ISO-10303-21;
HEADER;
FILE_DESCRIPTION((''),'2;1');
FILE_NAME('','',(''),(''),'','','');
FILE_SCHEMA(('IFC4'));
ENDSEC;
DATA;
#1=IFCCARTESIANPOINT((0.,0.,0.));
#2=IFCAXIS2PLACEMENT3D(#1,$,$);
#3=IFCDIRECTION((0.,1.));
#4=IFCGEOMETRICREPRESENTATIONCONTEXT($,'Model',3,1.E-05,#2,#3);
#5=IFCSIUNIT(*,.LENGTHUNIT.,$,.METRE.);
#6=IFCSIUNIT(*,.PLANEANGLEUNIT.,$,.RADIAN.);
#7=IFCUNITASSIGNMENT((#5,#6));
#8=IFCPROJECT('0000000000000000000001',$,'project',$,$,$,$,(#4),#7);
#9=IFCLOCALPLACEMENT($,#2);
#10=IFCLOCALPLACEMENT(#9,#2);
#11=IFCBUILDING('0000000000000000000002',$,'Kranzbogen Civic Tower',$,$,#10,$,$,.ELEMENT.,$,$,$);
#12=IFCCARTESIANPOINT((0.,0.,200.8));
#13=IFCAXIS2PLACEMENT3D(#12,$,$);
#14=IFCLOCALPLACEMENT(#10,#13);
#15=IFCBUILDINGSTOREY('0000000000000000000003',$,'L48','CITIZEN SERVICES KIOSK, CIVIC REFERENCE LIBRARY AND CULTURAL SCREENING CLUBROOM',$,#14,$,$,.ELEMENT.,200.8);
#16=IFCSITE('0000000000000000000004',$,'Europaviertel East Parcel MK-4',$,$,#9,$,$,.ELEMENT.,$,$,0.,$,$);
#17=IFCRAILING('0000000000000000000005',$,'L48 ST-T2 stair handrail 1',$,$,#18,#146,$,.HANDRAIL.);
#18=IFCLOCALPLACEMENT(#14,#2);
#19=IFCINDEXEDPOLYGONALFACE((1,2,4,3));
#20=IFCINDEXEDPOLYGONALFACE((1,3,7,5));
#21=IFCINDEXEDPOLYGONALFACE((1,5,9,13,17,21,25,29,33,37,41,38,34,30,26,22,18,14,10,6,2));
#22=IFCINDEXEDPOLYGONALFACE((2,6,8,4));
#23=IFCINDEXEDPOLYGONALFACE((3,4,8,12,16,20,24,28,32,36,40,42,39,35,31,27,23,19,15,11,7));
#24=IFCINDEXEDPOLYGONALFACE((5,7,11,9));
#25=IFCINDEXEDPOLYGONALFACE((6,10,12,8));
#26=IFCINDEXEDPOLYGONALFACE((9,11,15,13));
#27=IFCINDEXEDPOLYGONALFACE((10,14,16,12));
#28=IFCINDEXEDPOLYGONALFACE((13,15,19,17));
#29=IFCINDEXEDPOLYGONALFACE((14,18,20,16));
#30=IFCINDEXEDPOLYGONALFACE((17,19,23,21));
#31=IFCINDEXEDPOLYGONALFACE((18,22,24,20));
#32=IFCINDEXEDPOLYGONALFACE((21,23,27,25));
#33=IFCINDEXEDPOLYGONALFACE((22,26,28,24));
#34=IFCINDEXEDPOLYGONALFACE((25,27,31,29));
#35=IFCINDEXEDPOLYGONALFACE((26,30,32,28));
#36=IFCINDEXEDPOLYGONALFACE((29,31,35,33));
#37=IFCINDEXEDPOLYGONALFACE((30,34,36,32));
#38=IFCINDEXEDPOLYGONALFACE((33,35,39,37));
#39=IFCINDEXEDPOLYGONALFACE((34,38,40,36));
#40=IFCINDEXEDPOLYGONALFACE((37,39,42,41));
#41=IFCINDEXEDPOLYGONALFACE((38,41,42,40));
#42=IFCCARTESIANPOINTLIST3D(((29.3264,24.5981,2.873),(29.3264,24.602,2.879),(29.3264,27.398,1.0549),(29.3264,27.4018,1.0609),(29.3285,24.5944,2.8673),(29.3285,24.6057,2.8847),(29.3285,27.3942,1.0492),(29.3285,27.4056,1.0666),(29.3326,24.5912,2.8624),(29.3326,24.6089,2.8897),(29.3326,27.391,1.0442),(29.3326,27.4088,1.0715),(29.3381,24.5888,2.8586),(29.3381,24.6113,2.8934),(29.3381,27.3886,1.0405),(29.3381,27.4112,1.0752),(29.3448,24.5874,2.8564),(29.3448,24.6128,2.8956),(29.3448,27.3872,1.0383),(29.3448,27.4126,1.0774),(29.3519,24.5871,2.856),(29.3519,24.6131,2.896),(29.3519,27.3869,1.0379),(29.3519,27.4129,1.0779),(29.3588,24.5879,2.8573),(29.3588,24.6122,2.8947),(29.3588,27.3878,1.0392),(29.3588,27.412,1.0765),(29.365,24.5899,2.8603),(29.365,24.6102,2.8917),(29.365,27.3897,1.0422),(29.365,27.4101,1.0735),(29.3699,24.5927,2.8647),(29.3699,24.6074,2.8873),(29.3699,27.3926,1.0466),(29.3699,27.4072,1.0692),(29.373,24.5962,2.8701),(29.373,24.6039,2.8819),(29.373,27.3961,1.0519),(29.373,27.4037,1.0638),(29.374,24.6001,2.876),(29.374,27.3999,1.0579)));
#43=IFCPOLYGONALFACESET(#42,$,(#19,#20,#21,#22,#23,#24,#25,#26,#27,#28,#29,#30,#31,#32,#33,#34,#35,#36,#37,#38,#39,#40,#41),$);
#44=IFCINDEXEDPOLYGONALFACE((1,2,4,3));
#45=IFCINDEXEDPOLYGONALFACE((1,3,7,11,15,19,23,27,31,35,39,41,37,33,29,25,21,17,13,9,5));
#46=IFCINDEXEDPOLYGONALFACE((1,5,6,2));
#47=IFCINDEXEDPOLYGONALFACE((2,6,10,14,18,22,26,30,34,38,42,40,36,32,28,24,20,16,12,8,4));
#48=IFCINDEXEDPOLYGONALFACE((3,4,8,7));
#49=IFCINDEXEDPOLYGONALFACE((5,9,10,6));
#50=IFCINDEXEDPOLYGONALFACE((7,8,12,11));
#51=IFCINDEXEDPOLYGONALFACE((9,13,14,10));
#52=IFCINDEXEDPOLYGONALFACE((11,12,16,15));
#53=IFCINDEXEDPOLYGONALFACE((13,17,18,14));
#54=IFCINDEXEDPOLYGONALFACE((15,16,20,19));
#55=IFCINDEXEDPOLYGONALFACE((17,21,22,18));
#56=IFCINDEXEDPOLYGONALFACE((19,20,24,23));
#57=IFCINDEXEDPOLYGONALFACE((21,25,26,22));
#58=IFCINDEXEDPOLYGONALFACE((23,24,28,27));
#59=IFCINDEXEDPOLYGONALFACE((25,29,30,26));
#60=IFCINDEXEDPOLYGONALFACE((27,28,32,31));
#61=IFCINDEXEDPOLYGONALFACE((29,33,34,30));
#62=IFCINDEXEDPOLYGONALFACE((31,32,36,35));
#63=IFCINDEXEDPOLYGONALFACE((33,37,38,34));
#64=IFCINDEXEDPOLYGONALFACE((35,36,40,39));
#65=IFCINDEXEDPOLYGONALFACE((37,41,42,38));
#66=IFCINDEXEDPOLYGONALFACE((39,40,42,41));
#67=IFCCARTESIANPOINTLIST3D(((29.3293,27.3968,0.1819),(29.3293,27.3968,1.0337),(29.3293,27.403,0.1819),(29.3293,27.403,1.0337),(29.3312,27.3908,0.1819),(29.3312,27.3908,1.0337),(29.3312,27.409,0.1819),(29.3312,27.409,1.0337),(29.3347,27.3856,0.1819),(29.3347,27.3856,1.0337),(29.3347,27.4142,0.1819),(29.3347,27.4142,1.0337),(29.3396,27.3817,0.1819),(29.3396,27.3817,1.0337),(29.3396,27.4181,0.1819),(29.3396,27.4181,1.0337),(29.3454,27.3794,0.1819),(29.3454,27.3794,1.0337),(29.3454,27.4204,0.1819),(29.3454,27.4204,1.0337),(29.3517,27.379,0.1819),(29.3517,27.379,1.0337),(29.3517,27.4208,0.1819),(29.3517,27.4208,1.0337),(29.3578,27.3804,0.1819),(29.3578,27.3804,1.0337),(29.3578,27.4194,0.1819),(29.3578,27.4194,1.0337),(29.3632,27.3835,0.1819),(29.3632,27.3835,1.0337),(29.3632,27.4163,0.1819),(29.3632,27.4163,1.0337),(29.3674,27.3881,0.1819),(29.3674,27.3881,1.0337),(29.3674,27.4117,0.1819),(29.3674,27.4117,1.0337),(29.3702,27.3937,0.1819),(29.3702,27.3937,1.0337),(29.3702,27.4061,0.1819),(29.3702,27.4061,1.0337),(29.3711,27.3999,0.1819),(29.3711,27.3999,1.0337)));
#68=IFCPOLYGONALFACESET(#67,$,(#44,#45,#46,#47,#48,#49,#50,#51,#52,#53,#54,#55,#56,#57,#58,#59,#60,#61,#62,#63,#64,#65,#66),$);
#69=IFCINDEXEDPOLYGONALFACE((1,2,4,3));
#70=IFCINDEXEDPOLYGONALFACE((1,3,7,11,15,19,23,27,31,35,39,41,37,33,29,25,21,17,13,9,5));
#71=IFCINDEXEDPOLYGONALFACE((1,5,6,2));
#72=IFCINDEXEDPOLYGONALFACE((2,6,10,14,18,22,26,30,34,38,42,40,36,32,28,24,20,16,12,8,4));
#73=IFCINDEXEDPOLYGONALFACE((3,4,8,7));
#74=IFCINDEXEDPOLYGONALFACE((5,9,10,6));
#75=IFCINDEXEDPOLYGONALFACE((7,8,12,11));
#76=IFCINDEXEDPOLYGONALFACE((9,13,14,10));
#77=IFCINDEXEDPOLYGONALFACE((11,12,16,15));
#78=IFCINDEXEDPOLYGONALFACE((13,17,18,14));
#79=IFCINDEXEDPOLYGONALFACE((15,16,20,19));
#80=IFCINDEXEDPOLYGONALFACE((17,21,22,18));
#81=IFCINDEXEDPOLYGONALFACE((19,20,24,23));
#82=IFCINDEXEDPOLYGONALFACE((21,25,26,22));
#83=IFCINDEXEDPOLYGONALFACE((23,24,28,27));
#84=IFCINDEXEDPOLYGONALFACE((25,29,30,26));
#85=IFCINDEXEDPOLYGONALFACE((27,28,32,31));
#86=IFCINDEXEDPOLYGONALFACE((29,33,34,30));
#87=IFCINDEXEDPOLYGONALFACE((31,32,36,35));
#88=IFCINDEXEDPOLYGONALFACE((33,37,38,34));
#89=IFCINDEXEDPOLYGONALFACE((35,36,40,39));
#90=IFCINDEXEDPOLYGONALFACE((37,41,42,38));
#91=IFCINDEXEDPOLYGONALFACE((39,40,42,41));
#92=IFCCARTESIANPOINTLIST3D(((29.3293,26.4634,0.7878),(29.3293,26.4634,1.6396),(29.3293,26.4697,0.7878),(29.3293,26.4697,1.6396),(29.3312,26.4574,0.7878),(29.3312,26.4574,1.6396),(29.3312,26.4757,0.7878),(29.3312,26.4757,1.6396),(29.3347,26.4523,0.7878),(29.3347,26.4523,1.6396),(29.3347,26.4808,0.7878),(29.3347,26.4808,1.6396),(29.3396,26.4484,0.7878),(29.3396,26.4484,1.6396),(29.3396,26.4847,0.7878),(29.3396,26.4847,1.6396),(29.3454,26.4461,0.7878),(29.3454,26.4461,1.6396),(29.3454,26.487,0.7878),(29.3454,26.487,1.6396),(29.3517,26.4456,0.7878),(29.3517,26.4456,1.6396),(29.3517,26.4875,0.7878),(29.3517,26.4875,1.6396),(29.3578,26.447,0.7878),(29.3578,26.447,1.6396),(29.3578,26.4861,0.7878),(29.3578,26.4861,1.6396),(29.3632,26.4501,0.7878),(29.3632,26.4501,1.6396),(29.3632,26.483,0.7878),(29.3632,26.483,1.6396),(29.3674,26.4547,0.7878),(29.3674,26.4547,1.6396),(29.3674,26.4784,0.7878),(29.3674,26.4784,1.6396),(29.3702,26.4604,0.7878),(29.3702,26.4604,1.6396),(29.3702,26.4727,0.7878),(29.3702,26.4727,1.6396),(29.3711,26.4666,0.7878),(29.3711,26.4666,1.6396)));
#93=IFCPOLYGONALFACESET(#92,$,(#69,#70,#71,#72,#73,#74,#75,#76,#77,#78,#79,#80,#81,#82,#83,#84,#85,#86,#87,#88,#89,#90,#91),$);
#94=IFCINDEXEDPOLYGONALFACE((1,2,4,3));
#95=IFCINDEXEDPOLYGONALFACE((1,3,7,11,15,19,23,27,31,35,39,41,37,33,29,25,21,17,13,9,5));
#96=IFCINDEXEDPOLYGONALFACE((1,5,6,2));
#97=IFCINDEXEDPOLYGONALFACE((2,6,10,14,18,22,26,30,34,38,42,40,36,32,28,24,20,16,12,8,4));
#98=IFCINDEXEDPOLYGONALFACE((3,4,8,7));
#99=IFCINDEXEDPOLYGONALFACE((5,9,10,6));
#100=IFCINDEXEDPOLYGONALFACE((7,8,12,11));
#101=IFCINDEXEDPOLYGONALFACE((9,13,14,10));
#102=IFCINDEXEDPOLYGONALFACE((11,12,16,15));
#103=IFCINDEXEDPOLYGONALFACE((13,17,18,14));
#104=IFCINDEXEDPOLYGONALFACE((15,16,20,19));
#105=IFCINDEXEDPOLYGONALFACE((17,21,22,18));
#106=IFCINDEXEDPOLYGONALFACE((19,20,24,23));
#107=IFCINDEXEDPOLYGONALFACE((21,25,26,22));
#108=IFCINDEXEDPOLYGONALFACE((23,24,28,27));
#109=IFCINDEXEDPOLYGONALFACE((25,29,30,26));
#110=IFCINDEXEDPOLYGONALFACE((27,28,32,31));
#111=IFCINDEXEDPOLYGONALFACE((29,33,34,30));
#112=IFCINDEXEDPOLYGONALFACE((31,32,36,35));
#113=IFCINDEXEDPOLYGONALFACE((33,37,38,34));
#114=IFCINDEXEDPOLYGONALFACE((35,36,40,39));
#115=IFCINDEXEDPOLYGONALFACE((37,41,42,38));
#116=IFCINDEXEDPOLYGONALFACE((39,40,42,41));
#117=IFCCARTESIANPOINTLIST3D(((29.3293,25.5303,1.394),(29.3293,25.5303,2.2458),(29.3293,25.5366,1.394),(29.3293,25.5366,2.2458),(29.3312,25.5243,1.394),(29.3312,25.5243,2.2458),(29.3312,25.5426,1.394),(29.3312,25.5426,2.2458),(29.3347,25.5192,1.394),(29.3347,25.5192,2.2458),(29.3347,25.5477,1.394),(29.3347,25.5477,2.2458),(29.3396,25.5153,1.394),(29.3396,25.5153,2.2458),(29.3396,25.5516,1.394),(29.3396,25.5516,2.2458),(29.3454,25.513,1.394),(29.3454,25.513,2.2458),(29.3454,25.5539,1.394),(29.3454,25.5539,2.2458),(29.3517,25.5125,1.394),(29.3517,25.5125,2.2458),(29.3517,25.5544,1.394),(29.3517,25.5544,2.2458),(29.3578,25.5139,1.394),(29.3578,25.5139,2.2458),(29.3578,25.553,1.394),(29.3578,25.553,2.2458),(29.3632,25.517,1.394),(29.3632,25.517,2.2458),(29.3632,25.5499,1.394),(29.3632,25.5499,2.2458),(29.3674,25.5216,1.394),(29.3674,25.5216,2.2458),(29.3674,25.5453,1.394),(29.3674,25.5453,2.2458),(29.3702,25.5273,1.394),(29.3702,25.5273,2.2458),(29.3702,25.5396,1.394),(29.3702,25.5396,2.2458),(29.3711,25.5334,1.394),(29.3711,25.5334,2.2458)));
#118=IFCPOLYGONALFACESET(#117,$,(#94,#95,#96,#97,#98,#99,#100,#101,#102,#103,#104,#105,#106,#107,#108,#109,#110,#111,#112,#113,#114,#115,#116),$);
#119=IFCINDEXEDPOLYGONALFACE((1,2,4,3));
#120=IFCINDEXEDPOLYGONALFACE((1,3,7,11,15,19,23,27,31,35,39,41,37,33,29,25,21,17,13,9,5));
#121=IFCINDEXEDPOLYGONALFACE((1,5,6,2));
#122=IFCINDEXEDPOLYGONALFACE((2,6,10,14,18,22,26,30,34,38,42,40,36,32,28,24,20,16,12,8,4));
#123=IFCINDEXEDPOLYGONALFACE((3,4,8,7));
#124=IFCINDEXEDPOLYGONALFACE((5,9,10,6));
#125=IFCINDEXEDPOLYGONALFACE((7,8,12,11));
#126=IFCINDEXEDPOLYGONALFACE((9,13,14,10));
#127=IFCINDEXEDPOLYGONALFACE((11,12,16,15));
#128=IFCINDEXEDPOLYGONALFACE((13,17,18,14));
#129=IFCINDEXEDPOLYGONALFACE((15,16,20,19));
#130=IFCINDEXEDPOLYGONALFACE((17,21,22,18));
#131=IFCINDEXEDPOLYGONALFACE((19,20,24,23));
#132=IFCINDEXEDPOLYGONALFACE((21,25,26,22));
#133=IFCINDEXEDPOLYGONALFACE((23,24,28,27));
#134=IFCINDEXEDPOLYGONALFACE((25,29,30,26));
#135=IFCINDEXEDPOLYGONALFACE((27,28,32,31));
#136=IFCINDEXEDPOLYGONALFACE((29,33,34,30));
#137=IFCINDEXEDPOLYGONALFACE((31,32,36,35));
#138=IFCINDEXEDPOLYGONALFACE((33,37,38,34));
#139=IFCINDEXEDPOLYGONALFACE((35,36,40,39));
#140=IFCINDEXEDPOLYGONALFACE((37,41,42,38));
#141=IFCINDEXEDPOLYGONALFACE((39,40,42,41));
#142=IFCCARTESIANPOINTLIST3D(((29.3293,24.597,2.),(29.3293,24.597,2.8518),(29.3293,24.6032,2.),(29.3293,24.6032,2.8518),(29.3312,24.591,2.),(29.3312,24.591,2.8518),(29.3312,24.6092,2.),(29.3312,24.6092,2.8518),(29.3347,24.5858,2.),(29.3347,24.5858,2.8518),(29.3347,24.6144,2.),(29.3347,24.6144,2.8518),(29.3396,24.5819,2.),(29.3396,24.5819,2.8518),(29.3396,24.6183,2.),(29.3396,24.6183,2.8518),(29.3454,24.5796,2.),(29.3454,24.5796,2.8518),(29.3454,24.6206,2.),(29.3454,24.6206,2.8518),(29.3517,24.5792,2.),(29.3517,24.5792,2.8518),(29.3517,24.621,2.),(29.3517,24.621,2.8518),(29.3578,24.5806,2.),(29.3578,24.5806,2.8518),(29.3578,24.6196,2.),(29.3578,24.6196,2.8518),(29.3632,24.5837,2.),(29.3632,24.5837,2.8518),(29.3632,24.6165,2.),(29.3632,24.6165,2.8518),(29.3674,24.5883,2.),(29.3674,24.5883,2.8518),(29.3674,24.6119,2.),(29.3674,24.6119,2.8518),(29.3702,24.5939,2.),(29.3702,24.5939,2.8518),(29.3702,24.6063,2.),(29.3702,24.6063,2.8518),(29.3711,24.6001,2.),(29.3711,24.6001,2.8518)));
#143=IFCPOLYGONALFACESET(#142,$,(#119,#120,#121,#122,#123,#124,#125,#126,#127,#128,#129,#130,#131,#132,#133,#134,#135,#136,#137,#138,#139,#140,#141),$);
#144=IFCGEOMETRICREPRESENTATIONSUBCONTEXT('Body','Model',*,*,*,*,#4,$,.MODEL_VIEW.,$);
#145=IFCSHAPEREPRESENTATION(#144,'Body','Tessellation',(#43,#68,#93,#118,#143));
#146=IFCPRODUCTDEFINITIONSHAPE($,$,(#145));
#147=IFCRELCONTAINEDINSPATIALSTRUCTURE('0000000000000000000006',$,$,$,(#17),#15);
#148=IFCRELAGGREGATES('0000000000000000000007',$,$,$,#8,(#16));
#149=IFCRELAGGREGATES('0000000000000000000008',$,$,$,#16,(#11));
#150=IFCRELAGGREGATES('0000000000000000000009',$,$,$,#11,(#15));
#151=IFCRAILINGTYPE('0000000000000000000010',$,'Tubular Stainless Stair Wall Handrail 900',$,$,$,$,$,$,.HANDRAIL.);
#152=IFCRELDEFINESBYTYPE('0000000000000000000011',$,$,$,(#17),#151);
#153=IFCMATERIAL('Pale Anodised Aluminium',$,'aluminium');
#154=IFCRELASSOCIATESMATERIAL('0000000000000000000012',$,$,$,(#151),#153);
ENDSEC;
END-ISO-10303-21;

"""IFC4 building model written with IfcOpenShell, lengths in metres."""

from ifc_helpers import new_model, si_unit, direction, frame, origin, origin_2d, place, context, subcontext, project, spatial, circle, extrude, material, type_object, element, save


model = new_model("IFC4")

# Units and contexts
model_context = context("Model", 3, precision=1e-05, world=origin(), true_north=direction((0.0, 1.0)))
body_context = subcontext(model_context, "Body", "Model", "MODEL_VIEW")
ifc_project = project(units=[si_unit("LENGTHUNIT", "METRE"), si_unit("PLANEANGLEUNIT", "RADIAN")], contexts=[model_context])

# Site, building, storey
site_placement = place(None, origin())
site = spatial("IfcSite", under=ifc_project, at=site_placement, Name="Europaviertel East Parcel MK-4", CompositionType="ELEMENT", RefElevation=0.0)
building_placement = place(site_placement, origin())
building = spatial("IfcBuilding", under=site, at=building_placement, Name="Kranzbogen Civic Tower", CompositionType="ELEMENT")
storey_placement = place(building_placement, frame((0.0, 0.0, 200.8)))
storey = spatial("IfcBuildingStorey", under=building, at=storey_placement, Name="L48", Description="CITIZEN SERVICES KIOSK, CIVIC REFERENCE LIBRARY AND CULTURAL SCREENING CLUBROOM", CompositionType="ELEMENT", Elevation=200.8)

# Shared definitions
ifc_material_1 = material(Name="Pale Anodised Aluminium", Category="aluminium")

# Railing
railing_type_1 = type_object("IfcRailingType", Name="Tubular Stainless Stair Wall Handrail 900", PredefinedType="HANDRAIL", material=ifc_material_1)
railing_1_placement = place(storey_placement, frame((29.3501, 27.3999, 0.1819)))
element("IfcRailing", 1, at=railing_1_placement, inside=storey, type_object=railing_type_1, Name="L48 ST-T2 stair handrail 1", PredefinedType="HANDRAIL", context=body_context, shape_type="SweptSolid", body=[
    extrude(circle(Radius=0.0239, at=origin_2d()), frame((0.0, 0.0, 0.876), z_axis=(0.0, -0.838684, 0.544618), x_axis=(1.0, 0.0, 0.0)), (0.0, 0.0, 1.0), 3.3384),
    extrude(circle(Radius=0.021, at=origin_2d()), origin(), (0.0, 0.0, 1.0), 0.8518),
    extrude(circle(Radius=0.021, at=origin_2d()), frame((0.0, -0.9333, 0.606)), (0.0, 0.0, 1.0), 0.8518),
    extrude(circle(Radius=0.021, at=origin_2d()), frame((0.0, -1.8665, 1.2122)), (0.0, 0.0, 1.0), 0.8518),
    extrude(circle(Radius=0.021, at=origin_2d()), frame((0.0, -2.7998, 1.8181)), (0.0, 0.0, 1.0), 0.8518),
])

save(model, "model.ifc")
